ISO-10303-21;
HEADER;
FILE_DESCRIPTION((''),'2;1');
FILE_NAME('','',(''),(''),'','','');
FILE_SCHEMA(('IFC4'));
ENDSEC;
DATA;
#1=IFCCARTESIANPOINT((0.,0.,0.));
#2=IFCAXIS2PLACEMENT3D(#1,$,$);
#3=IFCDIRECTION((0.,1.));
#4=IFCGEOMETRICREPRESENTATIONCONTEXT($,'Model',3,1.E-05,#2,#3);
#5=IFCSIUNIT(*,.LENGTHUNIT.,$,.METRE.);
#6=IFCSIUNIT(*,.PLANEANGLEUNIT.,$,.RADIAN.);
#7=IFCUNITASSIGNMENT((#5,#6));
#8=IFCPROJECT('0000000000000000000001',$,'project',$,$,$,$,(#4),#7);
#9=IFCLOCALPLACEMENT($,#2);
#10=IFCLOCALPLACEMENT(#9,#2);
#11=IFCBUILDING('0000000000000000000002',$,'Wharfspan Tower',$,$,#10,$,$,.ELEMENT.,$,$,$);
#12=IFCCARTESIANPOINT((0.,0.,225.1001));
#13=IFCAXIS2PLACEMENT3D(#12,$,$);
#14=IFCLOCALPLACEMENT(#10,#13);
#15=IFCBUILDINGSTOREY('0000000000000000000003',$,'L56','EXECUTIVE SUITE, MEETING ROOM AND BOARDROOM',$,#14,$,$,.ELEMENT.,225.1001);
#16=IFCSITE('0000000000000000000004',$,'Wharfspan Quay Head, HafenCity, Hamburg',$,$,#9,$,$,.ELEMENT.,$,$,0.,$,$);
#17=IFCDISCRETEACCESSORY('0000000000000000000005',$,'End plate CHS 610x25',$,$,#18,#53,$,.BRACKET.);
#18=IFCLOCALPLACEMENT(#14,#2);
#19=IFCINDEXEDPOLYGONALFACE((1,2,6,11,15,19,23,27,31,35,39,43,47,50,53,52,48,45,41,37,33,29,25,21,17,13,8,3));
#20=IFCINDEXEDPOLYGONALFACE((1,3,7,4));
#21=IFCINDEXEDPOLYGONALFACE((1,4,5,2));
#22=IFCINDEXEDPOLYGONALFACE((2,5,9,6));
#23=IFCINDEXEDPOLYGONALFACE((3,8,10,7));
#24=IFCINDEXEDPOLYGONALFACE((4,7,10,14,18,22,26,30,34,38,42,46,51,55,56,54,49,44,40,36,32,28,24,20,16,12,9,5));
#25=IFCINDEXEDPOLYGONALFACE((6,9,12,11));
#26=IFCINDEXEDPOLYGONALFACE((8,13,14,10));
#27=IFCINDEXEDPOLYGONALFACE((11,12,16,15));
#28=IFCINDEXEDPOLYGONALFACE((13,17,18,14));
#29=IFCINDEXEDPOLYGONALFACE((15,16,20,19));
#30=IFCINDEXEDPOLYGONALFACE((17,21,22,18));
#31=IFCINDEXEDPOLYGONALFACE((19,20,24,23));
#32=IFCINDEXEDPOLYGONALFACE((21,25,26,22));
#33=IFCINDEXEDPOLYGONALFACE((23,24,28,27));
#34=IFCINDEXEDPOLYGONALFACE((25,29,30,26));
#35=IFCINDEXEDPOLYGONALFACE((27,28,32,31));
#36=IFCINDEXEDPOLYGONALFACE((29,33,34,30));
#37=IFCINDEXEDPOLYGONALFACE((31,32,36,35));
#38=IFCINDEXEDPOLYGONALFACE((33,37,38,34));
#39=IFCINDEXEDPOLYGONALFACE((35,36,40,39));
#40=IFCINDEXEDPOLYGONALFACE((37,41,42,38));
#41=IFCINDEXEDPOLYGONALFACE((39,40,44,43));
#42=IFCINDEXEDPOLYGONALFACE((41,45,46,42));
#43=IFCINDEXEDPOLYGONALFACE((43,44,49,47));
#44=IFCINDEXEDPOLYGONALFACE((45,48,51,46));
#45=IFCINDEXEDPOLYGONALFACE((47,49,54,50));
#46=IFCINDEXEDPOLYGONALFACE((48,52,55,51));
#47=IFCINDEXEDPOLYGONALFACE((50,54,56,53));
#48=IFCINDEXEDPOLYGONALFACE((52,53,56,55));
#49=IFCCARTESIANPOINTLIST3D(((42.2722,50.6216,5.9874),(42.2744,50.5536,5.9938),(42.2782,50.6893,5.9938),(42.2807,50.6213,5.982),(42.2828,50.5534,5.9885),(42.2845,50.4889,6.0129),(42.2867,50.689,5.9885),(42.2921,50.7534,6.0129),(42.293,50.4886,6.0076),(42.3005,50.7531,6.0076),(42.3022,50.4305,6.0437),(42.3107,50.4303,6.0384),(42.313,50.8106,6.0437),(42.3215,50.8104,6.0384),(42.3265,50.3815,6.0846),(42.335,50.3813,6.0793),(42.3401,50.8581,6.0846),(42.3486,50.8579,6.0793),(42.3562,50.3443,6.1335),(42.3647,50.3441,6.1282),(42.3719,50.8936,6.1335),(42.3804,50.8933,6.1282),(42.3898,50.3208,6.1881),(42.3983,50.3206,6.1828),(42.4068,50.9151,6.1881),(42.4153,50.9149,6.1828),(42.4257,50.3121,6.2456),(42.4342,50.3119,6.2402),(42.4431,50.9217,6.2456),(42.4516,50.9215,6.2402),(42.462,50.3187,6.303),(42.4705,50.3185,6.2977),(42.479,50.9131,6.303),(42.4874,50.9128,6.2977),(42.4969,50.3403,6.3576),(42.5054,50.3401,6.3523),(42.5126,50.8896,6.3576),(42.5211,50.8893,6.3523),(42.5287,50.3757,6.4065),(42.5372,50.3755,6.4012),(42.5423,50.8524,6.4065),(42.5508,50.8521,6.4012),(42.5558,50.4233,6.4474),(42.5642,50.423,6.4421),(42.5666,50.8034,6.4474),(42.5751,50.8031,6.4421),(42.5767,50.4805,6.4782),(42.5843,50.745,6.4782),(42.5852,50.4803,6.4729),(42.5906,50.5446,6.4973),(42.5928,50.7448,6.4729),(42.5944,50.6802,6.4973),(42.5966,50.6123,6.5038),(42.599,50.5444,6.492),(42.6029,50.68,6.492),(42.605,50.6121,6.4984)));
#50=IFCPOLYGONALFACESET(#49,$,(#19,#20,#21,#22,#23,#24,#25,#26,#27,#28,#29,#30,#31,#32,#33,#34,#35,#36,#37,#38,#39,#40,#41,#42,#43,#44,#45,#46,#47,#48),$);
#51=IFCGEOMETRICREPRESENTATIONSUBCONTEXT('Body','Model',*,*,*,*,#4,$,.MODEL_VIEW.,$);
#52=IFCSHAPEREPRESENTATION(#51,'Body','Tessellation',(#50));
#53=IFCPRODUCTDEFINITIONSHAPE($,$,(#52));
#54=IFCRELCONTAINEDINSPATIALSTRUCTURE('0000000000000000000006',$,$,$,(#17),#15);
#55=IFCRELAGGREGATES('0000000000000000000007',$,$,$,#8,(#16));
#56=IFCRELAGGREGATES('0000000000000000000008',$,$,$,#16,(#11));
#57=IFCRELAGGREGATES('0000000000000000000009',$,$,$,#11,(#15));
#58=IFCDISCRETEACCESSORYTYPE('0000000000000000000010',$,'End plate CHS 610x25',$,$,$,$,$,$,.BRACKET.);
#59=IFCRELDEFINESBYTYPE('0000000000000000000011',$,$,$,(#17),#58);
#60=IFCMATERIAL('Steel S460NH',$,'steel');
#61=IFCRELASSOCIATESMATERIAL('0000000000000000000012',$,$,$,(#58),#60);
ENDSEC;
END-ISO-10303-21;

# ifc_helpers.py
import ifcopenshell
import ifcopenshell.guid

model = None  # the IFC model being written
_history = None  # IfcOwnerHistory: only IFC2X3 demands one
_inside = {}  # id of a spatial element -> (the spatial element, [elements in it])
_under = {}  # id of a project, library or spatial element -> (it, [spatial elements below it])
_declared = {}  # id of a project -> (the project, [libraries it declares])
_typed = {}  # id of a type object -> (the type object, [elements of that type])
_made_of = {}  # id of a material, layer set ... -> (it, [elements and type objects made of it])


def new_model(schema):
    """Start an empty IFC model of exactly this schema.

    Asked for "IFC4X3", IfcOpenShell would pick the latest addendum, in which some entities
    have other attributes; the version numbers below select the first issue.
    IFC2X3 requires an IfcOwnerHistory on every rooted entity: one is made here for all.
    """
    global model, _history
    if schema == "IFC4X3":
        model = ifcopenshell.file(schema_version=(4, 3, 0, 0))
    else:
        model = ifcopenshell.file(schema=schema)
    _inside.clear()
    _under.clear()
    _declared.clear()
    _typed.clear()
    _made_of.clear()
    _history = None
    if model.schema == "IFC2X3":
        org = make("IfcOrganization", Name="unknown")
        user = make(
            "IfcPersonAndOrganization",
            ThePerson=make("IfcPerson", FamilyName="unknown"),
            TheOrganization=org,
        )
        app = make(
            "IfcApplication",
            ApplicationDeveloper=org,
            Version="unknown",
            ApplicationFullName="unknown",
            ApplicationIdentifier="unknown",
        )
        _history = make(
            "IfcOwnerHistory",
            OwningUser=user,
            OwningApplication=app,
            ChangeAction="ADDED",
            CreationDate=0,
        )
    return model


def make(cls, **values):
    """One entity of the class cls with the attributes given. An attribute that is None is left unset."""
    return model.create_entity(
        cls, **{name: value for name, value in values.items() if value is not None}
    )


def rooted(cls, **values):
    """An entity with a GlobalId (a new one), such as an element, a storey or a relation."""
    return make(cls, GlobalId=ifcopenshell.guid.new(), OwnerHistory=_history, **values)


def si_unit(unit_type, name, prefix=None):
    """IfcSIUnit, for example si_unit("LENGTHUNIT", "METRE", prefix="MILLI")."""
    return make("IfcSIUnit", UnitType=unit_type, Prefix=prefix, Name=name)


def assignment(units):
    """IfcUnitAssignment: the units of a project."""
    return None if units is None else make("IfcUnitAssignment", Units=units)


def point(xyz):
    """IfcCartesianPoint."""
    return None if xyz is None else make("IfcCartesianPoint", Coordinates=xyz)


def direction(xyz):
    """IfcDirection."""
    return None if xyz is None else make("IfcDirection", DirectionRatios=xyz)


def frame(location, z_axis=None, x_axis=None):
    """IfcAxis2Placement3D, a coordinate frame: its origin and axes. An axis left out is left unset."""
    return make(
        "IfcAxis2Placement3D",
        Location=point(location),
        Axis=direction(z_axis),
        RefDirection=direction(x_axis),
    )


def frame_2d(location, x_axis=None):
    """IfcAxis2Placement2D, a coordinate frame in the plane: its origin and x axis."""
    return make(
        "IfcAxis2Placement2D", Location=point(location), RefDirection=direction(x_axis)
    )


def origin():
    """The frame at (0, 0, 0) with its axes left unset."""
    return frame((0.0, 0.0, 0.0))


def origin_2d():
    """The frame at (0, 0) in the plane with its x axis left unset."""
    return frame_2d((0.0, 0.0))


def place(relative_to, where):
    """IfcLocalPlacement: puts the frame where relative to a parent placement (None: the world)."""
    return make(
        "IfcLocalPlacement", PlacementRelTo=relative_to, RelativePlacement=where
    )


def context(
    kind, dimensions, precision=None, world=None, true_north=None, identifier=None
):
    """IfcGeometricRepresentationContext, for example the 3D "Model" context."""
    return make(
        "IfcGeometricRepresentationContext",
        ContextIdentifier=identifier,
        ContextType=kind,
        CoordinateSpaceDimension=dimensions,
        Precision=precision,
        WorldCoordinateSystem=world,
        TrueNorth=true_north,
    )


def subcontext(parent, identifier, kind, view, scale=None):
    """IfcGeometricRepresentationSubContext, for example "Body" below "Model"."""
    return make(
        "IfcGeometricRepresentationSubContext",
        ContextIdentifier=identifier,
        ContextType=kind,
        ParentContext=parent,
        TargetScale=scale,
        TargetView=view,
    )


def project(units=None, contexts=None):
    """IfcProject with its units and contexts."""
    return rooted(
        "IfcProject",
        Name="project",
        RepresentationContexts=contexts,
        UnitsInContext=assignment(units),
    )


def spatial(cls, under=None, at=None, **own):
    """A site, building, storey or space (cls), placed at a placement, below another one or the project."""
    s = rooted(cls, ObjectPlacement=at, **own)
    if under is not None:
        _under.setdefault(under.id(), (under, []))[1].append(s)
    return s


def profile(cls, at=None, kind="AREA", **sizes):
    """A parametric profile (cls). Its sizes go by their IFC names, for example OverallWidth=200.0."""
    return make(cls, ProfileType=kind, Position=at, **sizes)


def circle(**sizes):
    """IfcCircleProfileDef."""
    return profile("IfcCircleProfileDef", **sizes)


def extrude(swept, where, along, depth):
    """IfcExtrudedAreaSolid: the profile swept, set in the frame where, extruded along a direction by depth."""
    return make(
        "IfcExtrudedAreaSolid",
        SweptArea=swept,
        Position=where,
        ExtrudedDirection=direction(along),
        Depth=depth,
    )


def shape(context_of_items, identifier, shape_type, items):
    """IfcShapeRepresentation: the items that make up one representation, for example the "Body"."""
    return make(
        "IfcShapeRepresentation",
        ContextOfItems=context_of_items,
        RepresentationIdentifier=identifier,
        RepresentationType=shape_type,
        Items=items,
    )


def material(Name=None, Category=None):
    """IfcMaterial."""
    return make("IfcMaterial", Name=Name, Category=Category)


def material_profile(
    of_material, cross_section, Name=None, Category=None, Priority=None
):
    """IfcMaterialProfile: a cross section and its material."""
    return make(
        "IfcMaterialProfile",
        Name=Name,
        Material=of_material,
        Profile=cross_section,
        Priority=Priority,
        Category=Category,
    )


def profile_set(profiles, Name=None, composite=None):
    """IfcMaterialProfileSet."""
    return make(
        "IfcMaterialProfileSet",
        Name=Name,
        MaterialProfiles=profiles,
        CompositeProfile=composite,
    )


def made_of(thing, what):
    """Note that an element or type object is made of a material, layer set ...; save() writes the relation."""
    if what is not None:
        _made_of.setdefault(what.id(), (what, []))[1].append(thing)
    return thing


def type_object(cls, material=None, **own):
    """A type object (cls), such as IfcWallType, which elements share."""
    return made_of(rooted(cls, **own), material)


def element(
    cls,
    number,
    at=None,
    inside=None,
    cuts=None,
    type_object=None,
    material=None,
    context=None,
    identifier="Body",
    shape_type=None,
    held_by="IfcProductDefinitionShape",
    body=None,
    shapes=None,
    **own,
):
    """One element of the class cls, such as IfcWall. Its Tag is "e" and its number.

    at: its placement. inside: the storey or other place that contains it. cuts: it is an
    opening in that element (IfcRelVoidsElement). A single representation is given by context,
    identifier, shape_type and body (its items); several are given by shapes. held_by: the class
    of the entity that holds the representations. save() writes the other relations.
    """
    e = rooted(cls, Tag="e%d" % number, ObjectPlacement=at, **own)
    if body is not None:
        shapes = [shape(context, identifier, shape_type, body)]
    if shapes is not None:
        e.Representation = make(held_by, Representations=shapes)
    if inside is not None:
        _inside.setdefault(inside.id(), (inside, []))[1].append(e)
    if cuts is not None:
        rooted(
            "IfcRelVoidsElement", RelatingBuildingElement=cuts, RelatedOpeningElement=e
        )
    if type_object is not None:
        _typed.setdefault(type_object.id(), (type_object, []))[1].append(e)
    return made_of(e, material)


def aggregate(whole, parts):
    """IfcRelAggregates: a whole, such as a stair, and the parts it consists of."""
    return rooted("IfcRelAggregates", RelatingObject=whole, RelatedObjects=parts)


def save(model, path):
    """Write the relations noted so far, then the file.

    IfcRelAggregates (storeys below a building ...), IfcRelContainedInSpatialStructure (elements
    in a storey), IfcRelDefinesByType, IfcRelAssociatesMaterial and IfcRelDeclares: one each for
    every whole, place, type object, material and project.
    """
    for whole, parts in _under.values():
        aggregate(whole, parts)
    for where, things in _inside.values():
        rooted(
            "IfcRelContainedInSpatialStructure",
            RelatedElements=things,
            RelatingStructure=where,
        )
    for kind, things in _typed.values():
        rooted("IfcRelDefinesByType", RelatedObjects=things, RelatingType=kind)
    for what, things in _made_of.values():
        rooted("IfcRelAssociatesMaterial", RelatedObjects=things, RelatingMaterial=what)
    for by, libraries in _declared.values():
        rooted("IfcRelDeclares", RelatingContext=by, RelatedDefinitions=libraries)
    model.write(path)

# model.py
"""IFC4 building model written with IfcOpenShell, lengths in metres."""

from ifc_helpers import new_model, si_unit, direction, frame, origin, origin_2d, place, context, subcontext, project, spatial, circle, extrude, material, material_profile, profile_set, type_object, element, save


model = new_model("IFC4")

# Units and contexts
model_context = context("Model", 3, precision=1e-05, world=origin(), true_north=direction((0.0, 1.0)))
body_context = subcontext(model_context, "Body", "Model", "MODEL_VIEW")
ifc_project = project(units=[si_unit("LENGTHUNIT", "METRE"), si_unit("PLANEANGLEUNIT", "RADIAN")], contexts=[model_context])

# Site, building, storey
site_placement = place(None, origin())
site = spatial("IfcSite", under=ifc_project, at=site_placement, Name="Wharfspan Quay Head, HafenCity, Hamburg", CompositionType="ELEMENT", RefElevation=0.0)
building_placement = place(site_placement, origin())
building = spatial("IfcBuilding", under=site, at=building_placement, Name="Wharfspan Tower", CompositionType="ELEMENT")
storey_placement = place(building_placement, frame((0.0, 0.0, 225.1001)))
storey = spatial("IfcBuildingStorey", under=building, at=storey_placement, Name="L56", Description="EXECUTIVE SUITE, MEETING ROOM AND BOARDROOM", CompositionType="ELEMENT", Elevation=225.1001)

# Shared definitions
ifc_material_1 = material(Name="Steel S460NH", Category="steel")

# Discrete accessory
ifc_material_profile_1 = material_profile(ifc_material_1, circle(Radius=0.3049, at=origin_2d()))
ifc_profile_set_1 = profile_set([ifc_material_profile_1], Name="Steel S460NH")
discrete_accessory_type = type_object("IfcDiscreteAccessoryType", Name="End plate CHS 610x25", PredefinedType="BRACKET", material=ifc_profile_set_1)
for number, where, z_axis, x_axis, name in (
    (1, (42.4429, 50.6167, 6.2402), (-0.846389, 0.024183, 0.532016), (-0.028561, -0.999594, -0.000001), "End plate CHS 610x25"),
):
    element("IfcDiscreteAccessory", number, at=place(storey_placement, frame(where, z_axis=z_axis, x_axis=x_axis)), inside=storey, type_object=discrete_accessory_type, Name=name, PredefinedType="BRACKET", context=body_context, shape_type="SweptSolid", body=[
        extrude(circle(Radius=0.3049, at=origin_2d()), origin(), (0.0, 0.0, 1.0), 0.01),
    ])

save(model, "model.ifc")
